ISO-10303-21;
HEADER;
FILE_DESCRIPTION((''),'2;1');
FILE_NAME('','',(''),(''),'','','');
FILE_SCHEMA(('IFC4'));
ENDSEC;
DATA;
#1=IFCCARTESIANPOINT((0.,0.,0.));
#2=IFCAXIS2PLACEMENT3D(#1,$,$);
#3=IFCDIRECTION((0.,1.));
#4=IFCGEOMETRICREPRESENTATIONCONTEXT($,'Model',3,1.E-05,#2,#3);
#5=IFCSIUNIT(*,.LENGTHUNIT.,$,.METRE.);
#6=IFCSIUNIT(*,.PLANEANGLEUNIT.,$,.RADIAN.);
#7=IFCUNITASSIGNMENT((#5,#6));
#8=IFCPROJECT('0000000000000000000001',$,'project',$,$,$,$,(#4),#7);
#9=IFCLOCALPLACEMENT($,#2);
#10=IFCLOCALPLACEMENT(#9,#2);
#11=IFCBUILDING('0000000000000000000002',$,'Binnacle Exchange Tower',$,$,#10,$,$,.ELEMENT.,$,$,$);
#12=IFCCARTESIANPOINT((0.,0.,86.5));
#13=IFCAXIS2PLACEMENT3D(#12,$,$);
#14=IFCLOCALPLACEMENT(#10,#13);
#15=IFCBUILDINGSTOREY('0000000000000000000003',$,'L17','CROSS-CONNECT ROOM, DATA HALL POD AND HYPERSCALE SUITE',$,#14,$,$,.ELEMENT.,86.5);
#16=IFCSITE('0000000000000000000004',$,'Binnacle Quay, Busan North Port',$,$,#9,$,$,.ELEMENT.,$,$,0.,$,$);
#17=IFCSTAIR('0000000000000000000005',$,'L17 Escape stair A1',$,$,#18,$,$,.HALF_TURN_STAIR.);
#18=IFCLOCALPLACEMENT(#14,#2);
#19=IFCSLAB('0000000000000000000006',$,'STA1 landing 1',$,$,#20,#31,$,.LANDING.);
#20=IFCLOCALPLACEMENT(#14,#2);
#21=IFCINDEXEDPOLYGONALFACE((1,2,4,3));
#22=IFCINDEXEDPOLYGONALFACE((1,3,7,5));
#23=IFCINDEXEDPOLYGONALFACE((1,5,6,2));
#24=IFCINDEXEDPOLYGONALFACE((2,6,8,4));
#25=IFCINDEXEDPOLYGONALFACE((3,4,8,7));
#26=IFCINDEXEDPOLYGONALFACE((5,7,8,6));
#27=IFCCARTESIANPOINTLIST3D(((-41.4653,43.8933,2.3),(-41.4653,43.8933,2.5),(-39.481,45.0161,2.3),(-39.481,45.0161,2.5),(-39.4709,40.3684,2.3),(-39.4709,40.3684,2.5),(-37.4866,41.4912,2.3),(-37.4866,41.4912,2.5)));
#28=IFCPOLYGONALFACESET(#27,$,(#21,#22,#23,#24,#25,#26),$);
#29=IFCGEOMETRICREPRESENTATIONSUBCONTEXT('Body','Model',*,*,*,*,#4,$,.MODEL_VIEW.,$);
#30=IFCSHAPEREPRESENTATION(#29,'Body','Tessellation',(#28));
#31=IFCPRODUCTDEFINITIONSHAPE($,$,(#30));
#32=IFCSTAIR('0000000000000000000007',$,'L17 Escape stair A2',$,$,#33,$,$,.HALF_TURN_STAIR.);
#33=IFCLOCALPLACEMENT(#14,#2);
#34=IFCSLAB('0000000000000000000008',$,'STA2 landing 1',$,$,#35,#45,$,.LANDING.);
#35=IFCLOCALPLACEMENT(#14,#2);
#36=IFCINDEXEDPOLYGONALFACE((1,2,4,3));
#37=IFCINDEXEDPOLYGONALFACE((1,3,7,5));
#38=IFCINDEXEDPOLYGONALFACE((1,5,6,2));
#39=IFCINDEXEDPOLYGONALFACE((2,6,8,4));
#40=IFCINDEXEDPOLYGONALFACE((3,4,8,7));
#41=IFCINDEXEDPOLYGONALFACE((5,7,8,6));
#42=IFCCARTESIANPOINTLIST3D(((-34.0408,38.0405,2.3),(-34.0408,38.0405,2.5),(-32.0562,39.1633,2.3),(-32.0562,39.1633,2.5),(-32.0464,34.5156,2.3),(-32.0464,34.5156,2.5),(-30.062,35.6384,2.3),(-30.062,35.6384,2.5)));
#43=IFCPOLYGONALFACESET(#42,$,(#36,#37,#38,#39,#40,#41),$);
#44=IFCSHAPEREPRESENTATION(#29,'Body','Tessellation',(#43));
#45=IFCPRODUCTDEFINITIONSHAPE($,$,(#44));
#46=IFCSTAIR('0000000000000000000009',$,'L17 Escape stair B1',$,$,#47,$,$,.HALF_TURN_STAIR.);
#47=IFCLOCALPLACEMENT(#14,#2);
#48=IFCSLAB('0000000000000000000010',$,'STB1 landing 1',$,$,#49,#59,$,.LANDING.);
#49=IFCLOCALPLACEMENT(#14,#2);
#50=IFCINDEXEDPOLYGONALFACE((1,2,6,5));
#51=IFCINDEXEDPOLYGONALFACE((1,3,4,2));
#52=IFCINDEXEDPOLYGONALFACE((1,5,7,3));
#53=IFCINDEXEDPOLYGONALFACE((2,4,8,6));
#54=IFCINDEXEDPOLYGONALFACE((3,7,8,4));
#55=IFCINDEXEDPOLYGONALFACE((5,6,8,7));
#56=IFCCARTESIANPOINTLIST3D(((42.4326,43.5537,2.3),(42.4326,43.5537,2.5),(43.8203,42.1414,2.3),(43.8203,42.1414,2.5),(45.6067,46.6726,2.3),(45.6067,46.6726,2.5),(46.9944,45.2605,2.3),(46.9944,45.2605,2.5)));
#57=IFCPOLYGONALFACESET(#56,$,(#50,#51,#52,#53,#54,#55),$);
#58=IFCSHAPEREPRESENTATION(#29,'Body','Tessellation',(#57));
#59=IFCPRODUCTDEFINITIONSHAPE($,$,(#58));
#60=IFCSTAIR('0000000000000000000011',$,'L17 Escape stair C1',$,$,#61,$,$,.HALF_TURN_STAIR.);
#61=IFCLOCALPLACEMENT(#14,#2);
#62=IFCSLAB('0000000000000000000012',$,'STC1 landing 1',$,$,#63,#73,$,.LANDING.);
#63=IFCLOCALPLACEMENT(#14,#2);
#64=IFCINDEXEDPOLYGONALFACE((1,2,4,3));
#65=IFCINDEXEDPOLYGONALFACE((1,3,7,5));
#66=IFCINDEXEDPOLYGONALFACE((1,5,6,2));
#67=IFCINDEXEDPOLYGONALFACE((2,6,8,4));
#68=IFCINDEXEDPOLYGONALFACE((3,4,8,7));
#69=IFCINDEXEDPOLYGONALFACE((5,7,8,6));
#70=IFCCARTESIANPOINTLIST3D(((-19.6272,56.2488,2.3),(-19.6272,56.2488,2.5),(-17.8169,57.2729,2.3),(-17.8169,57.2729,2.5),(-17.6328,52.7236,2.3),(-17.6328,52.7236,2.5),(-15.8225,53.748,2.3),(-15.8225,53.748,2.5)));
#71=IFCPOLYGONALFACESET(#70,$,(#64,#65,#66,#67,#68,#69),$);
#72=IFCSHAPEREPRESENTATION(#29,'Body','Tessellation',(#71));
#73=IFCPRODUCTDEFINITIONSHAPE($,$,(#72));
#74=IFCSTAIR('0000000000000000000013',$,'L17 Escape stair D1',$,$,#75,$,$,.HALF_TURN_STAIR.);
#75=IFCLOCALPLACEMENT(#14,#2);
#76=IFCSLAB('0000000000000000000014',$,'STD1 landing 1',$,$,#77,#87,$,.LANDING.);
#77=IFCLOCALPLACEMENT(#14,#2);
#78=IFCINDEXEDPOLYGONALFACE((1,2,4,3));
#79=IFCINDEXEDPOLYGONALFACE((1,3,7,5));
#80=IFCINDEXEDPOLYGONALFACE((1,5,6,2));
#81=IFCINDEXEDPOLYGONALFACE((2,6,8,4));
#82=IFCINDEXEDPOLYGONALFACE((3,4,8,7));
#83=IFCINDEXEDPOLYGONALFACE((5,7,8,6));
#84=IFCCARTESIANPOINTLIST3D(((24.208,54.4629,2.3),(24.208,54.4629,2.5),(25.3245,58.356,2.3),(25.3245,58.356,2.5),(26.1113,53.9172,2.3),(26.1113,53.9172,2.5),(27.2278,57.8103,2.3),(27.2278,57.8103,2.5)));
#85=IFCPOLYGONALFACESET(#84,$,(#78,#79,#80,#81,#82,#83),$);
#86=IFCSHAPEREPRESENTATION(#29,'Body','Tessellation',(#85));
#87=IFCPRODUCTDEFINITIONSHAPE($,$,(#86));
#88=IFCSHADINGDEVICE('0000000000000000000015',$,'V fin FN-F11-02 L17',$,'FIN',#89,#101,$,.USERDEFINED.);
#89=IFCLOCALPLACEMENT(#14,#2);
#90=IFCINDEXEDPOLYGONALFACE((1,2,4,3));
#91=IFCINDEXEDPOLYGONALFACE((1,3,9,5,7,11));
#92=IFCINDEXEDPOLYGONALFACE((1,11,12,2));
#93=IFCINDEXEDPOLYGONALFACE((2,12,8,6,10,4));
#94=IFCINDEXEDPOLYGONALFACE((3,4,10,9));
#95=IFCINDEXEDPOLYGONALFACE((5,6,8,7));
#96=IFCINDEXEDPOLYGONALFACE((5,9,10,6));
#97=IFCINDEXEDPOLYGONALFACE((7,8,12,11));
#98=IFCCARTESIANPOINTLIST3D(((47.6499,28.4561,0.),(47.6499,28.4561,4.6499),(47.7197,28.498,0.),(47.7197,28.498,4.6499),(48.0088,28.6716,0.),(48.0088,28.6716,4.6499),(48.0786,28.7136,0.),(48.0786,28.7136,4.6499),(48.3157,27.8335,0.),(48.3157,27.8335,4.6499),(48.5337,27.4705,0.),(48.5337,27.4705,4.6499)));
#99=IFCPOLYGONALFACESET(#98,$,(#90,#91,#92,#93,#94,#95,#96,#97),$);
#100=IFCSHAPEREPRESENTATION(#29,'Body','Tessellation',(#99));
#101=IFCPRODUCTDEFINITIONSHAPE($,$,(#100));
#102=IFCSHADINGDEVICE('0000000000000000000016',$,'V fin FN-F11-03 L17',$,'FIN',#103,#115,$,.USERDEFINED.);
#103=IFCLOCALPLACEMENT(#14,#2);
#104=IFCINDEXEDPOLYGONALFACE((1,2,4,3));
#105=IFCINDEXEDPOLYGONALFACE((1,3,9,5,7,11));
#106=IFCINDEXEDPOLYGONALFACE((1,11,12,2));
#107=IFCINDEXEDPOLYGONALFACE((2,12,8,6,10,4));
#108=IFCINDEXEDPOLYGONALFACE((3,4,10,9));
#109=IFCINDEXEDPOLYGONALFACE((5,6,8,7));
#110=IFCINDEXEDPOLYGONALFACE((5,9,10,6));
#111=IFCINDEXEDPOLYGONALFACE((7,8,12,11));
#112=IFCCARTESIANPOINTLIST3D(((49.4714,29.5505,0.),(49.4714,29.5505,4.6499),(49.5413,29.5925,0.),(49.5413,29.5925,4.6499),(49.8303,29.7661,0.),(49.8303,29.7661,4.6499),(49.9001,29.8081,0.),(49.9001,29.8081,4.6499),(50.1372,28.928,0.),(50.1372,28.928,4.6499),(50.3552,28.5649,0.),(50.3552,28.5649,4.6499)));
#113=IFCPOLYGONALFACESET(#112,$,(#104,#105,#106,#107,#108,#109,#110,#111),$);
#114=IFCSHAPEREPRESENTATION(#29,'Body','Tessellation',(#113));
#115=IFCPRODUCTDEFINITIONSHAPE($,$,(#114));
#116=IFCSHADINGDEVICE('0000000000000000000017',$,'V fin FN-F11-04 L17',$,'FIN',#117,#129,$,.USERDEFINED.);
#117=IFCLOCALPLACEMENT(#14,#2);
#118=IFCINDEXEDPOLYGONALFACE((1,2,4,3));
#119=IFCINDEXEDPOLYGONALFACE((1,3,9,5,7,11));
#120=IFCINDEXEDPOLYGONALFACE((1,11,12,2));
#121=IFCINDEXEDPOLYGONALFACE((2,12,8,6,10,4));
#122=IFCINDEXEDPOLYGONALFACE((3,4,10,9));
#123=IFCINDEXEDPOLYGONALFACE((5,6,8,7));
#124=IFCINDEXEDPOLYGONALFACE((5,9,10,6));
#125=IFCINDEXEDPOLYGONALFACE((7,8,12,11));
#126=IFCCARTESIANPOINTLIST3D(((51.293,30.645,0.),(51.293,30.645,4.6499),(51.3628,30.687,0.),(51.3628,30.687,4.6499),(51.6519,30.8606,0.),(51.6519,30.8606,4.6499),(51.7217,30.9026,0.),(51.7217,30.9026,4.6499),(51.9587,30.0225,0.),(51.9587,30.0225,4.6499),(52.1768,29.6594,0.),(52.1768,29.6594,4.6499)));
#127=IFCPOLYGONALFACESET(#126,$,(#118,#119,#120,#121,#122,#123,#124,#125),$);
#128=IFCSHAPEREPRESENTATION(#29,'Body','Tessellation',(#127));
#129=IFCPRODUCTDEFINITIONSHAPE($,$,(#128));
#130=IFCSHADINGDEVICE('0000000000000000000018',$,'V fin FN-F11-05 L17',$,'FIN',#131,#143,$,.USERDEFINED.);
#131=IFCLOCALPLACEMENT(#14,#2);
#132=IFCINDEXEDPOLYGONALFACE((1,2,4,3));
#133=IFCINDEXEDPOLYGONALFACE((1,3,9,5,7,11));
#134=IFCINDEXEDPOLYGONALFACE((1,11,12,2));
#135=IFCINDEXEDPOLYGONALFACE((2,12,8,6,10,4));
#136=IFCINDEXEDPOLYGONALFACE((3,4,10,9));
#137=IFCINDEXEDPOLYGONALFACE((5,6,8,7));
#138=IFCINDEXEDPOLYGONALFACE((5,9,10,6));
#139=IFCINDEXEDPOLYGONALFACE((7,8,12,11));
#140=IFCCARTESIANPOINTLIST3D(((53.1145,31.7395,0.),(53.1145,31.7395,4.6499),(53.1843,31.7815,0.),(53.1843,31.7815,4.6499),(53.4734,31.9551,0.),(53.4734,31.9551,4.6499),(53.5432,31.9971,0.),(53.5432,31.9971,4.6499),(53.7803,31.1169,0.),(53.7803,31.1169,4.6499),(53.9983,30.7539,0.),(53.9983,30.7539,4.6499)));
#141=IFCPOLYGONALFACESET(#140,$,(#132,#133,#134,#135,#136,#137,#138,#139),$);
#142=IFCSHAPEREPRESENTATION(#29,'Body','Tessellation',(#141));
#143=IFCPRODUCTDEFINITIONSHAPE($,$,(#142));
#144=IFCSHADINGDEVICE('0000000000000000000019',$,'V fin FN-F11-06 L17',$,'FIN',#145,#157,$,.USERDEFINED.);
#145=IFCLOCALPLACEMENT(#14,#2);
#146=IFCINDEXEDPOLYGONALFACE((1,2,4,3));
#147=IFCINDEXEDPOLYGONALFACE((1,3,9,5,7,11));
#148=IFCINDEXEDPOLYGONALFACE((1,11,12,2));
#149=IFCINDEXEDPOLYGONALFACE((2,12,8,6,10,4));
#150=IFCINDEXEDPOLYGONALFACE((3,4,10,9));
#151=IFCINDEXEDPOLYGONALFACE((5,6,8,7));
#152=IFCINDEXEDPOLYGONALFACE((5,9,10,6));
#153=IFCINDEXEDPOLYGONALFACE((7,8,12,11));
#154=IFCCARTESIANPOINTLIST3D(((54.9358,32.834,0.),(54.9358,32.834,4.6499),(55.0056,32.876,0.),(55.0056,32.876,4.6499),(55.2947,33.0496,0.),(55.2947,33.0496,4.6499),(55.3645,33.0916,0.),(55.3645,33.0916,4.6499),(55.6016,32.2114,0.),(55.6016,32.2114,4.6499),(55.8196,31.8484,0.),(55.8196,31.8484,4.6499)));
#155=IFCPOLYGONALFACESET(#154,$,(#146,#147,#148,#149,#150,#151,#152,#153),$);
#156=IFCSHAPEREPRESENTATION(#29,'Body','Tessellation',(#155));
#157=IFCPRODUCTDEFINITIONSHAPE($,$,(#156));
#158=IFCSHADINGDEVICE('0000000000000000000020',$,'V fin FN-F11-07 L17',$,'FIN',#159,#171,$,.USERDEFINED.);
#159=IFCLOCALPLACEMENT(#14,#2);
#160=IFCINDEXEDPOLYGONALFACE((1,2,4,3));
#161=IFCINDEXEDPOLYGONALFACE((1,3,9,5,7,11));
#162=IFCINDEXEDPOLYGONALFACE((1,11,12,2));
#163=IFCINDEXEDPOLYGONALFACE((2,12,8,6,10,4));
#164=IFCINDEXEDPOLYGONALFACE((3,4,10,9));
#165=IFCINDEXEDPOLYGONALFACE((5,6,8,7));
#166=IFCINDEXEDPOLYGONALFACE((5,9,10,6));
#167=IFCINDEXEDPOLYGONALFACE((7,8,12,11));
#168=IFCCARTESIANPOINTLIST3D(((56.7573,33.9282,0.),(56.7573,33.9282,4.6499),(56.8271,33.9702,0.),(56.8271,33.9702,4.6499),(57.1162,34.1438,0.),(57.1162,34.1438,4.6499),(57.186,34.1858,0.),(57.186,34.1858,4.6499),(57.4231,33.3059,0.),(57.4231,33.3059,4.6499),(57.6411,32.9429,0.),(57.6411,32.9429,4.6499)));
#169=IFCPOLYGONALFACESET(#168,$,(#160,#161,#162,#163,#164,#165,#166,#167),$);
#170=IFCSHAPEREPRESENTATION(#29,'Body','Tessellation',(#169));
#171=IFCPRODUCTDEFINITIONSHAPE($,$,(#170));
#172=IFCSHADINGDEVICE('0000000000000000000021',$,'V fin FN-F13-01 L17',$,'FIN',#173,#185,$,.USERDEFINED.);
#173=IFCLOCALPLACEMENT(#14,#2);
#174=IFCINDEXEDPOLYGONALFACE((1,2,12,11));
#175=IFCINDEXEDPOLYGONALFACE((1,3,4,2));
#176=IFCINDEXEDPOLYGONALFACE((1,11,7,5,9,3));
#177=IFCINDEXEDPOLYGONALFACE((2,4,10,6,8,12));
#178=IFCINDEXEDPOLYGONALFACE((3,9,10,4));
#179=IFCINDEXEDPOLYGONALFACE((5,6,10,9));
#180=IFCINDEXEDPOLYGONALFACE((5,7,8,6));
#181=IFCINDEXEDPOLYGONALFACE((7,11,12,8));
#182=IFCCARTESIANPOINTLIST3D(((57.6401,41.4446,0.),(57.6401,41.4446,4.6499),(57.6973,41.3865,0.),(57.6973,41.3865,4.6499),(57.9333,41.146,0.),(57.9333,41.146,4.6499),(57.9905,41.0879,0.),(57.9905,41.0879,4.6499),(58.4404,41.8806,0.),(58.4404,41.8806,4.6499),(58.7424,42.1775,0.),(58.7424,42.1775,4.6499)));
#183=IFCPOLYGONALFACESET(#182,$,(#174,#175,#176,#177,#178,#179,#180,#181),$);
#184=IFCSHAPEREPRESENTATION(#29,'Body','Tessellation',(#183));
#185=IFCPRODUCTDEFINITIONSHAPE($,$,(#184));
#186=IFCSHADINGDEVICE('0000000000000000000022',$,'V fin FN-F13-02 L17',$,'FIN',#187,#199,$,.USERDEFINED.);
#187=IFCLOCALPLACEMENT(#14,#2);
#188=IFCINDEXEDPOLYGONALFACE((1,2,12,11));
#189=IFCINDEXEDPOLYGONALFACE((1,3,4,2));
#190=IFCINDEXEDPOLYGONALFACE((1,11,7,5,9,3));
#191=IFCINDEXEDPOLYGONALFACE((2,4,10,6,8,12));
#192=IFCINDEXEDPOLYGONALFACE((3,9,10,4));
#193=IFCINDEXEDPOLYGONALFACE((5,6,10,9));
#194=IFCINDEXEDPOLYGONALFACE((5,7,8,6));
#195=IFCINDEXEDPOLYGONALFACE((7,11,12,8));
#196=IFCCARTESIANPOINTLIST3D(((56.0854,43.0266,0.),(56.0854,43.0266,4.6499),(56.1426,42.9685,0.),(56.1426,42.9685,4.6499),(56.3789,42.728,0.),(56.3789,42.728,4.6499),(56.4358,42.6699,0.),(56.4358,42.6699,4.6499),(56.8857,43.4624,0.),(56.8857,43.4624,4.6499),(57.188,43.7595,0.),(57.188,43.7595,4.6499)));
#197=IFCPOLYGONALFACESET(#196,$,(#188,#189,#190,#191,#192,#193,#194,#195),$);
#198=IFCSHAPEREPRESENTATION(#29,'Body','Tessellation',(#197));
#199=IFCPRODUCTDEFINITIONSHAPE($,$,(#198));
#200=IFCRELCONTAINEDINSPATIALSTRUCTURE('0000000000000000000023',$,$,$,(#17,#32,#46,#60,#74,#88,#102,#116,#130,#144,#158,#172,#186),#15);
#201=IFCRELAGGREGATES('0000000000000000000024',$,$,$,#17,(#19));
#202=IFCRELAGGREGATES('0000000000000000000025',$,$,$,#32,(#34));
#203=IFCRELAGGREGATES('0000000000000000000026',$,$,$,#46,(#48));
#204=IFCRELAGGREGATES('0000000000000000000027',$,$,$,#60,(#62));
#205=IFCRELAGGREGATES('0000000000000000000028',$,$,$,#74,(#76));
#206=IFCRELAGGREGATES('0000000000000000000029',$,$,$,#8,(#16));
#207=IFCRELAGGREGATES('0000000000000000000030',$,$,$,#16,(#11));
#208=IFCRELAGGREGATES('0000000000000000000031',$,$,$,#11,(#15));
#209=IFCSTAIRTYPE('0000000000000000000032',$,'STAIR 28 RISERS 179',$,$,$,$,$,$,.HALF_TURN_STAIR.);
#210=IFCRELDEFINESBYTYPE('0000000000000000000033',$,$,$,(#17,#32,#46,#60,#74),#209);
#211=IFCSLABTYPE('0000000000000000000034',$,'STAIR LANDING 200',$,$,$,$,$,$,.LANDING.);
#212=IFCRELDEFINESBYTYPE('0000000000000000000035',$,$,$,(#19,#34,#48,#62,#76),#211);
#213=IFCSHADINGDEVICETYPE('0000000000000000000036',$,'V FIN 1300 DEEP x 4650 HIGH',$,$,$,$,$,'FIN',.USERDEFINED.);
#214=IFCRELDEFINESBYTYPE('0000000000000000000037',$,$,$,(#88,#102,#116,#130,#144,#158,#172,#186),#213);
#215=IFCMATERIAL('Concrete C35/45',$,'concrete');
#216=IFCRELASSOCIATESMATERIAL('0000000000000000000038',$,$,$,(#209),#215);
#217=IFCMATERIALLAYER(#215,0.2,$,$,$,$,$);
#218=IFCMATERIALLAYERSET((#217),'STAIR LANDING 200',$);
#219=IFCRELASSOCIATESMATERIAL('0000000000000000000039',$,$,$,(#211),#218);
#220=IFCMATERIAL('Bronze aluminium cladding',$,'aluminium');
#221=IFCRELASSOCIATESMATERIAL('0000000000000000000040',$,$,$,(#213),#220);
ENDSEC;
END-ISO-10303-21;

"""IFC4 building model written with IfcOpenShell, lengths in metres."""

from ifc_helpers import new_model, si_unit, direction, frame, origin, place, context, subcontext, project, spatial, polyline, outline, extrude, material, layer, layer_set, type_object, element, aggregate, save


model = new_model("IFC4")

# Units and contexts
model_context = context("Model", 3, precision=1e-05, world=origin(), true_north=direction((0.0, 1.0)))
body_context = subcontext(model_context, "Body", "Model", "MODEL_VIEW")
ifc_project = project(units=[si_unit("LENGTHUNIT", "METRE"), si_unit("PLANEANGLEUNIT", "RADIAN")], contexts=[model_context])

# Site, building, storey
site_placement = place(None, origin())
site = spatial("IfcSite", under=ifc_project, at=site_placement, Name="Binnacle Quay, Busan North Port", CompositionType="ELEMENT", RefElevation=0.0)
building_placement = place(site_placement, origin())
building = spatial("IfcBuilding", under=site, at=building_placement, Name="Binnacle Exchange Tower", CompositionType="ELEMENT")
storey_placement = place(building_placement, frame((0.0, 0.0, 86.5)))
storey = spatial("IfcBuildingStorey", under=building, at=storey_placement, Name="L17", Description="CROSS-CONNECT ROOM, DATA HALL POD AND HYPERSCALE SUITE", CompositionType="ELEMENT", Elevation=86.5)

# Stairs, slabs
ifc_material_1 = material(Name="Concrete C35/45", Category="concrete")
stair_type = type_object("IfcStairType", Name="STAIR 28 RISERS 179", PredefinedType="HALF_TURN_STAIR", material=ifc_material_1)
stair_1_placement = place(storey_placement, origin())
stair_1 = element("IfcStair", 1, at=stair_1_placement, inside=storey, type_object=stair_type, Name="L17 Escape stair A1", PredefinedType="HALF_TURN_STAIR")
ifc_layer = layer(ifc_material_1, 0.2)
ifc_layer_set = layer_set([ifc_layer], Name="STAIR LANDING 200")
slab_type = type_object("IfcSlabType", Name="STAIR LANDING 200", PredefinedType="LANDING", material=ifc_layer_set)
slab_1_placement = place(storey_placement, frame((0.0, 0.0, 2.3)))
slab_1 = element("IfcSlab", 2, at=slab_1_placement, type_object=slab_type, Name="STA1 landing 1", PredefinedType="LANDING", context=body_context, shape_type="SweptSolid", body=[
    extrude(outline(polyline([(-39.4709, 40.3684), (-37.4866, 41.4912), (-39.481, 45.0161), (-41.4653, 43.8933), (-39.4709, 40.3684)])), origin(), (0.0, 0.0, 1.0), 0.2),
])
aggregate(stair_1, [slab_1])
stair_2_placement = place(storey_placement, origin())
stair_2 = element("IfcStair", 3, at=stair_2_placement, inside=storey, type_object=stair_type, Name="L17 Escape stair A2", PredefinedType="HALF_TURN_STAIR")
slab_2_placement = place(storey_placement, frame((0.0, 0.0, 2.3)))
slab_2 = element("IfcSlab", 4, at=slab_2_placement, type_object=slab_type, Name="STA2 landing 1", PredefinedType="LANDING", context=body_context, shape_type="SweptSolid", body=[
    extrude(outline(polyline([(-32.0562, 39.1633), (-34.0408, 38.0405), (-32.0464, 34.5156), (-30.062, 35.6384), (-32.0562, 39.1633)])), origin(), (0.0, 0.0, 1.0), 0.2),
])
aggregate(stair_2, [slab_2])
stair_3_placement = place(storey_placement, origin())
stair_3 = element("IfcStair", 5, at=stair_3_placement, inside=storey, type_object=stair_type, Name="L17 Escape stair B1", PredefinedType="HALF_TURN_STAIR")
slab_3_placement = place(storey_placement, frame((0.0, 0.0, 2.3)))
slab_3 = element("IfcSlab", 6, at=slab_3_placement, type_object=slab_type, Name="STB1 landing 1", PredefinedType="LANDING", context=body_context, shape_type="SweptSolid", body=[
    extrude(outline(polyline([(42.4326, 43.5537), (43.8203, 42.1414), (46.9944, 45.2605), (45.6067, 46.6726), (42.4326, 43.5537)])), origin(), (0.0, 0.0, 1.0), 0.2),
])
aggregate(stair_3, [slab_3])
stair_4_placement = place(storey_placement, origin())
stair_4 = element("IfcStair", 7, at=stair_4_placement, inside=storey, type_object=stair_type, Name="L17 Escape stair C1", PredefinedType="HALF_TURN_STAIR")
slab_4_placement = place(storey_placement, frame((0.0, 0.0, 2.3)))
slab_4 = element("IfcSlab", 8, at=slab_4_placement, type_object=slab_type, Name="STC1 landing 1", PredefinedType="LANDING", context=body_context, shape_type="SweptSolid", body=[
    extrude(outline(polyline([(-17.6328, 52.7236), (-15.8225, 53.748), (-17.8169, 57.2729), (-19.6272, 56.2488), (-17.6328, 52.7236)])), origin(), (0.0, 0.0, 1.0), 0.2),
])
aggregate(stair_4, [slab_4])
stair_5_placement = place(storey_placement, origin())
stair_5 = element("IfcStair", 9, at=stair_5_placement, inside=storey, type_object=stair_type, Name="L17 Escape stair D1", PredefinedType="HALF_TURN_STAIR")
slab_5_placement = place(storey_placement, frame((0.0, 0.0, 2.3)))
slab_5 = element("IfcSlab", 10, at=slab_5_placement, type_object=slab_type, Name="STD1 landing 1", PredefinedType="LANDING", context=body_context, shape_type="SweptSolid", body=[
    extrude(outline(polyline([(24.208, 54.4629), (26.1113, 53.9172), (27.2278, 57.8103), (25.3245, 58.356), (24.208, 54.4629)])), origin(), (0.0, 0.0, 1.0), 0.2),
])
aggregate(stair_5, [slab_5])

# Shading devices
ifc_material_2 = material(Name="Bronze aluminium cladding", Category="aluminium")
shading_device_type = type_object("IfcShadingDeviceType", Name="V FIN 1300 DEEP x 4650 HIGH", ElementType="FIN", PredefinedType="USERDEFINED", material=ifc_material_2)
shading_device_1_placement = place(storey_placement, origin())
element("IfcShadingDevice", 11, at=shading_device_1_placement, inside=storey, type_object=shading_device_type, Name="V fin FN-F11-02 L17", ObjectType="FIN", PredefinedType="USERDEFINED", context=body_context, shape_type="SweptSolid", body=[
    extrude(outline(polyline([(47.6499, 28.4561), (48.5337, 27.4705), (48.0786, 28.7136), (48.0088, 28.6716), (48.3157, 27.8335), (47.7197, 28.498), (47.6499, 28.4561)])), origin(), (0.0, 0.0, 1.0), 4.6499),
])
shading_device_2_placement = place(storey_placement, origin())
element("IfcShadingDevice", 12, at=shading_device_2_placement, inside=storey, type_object=shading_device_type, Name="V fin FN-F11-03 L17", ObjectType="FIN", PredefinedType="USERDEFINED", context=body_context, shape_type="SweptSolid", body=[
    extrude(outline(polyline([(49.4714, 29.5505), (50.3552, 28.5649), (49.9001, 29.8081), (49.8303, 29.7661), (50.1372, 28.928), (49.5413, 29.5925), (49.4714, 29.5505)])), origin(), (0.0, 0.0, 1.0), 4.6499),
])
shading_device_3_placement = place(storey_placement, origin())
element("IfcShadingDevice", 13, at=shading_device_3_placement, inside=storey, type_object=shading_device_type, Name="V fin FN-F11-04 L17", ObjectType="FIN", PredefinedType="USERDEFINED", context=body_context, shape_type="SweptSolid", body=[
    extrude(outline(polyline([(51.293, 30.645), (52.1768, 29.6594), (51.7217, 30.9026), (51.6519, 30.8606), (51.9587, 30.0225), (51.3628, 30.687), (51.293, 30.645)])), origin(), (0.0, 0.0, 1.0), 4.6499),
])
shading_device_4_placement = place(storey_placement, origin())
element("IfcShadingDevice", 14, at=shading_device_4_placement, inside=storey, type_object=shading_device_type, Name="V fin FN-F11-05 L17", ObjectType="FIN", PredefinedType="USERDEFINED", context=body_context, shape_type="SweptSolid", body=[
    extrude(outline(polyline([(53.1145, 31.7395), (53.9983, 30.7539), (53.5432, 31.9971), (53.4734, 31.9551), (53.7803, 31.1169), (53.1843, 31.7815), (53.1145, 31.7395)])), origin(), (0.0, 0.0, 1.0), 4.6499),
])
shading_device_5_placement = place(storey_placement, origin())
element("IfcShadingDevice", 15, at=shading_device_5_placement, inside=storey, type_object=shading_device_type, Name="V fin FN-F11-06 L17", ObjectType="FIN", PredefinedType="USERDEFINED", context=body_context, shape_type="SweptSolid", body=[
    extrude(outline(polyline([(54.9358, 32.834), (55.8196, 31.8484), (55.3645, 33.0916), (55.2947, 33.0496), (55.6016, 32.2114), (55.0056, 32.876), (54.9358, 32.834)])), origin(), (0.0, 0.0, 1.0), 4.6499),
])
shading_device_6_placement = place(storey_placement, origin())
element("IfcShadingDevice", 16, at=shading_device_6_placement, inside=storey, type_object=shading_device_type, Name="V fin FN-F11-07 L17", ObjectType="FIN", PredefinedType="USERDEFINED", context=body_context, shape_type="SweptSolid", body=[
    extrude(outline(polyline([(56.7573, 33.9282), (57.6411, 32.9429), (57.186, 34.1858), (57.1162, 34.1438), (57.4231, 33.3059), (56.8271, 33.9702), (56.7573, 33.9282)])), origin(), (0.0, 0.0, 1.0), 4.6499),
])
shading_device_7_placement = place(storey_placement, origin())
element("IfcShadingDevice", 17, at=shading_device_7_placement, inside=storey, type_object=shading_device_type, Name="V fin FN-F13-01 L17", ObjectType="FIN", PredefinedType="USERDEFINED", context=body_context, shape_type="SweptSolid", body=[
    extrude(outline(polyline([(57.9905, 41.0879), (58.7424, 42.1775), (57.6401, 41.4446), (57.6973, 41.3865), (58.4404, 41.8806), (57.9333, 41.146), (57.9905, 41.0879)])), origin(), (0.0, 0.0, 1.0), 4.6499),
])
shading_device_8_placement = place(storey_placement, origin())
element("IfcShadingDevice", 18, at=shading_device_8_placement, inside=storey, type_object=shading_device_type, Name="V fin FN-F13-02 L17", ObjectType="FIN", PredefinedType="USERDEFINED", context=body_context, shape_type="SweptSolid", body=[
    extrude(outline(polyline([(56.4358, 42.6699), (57.188, 43.7595), (56.0854, 43.0266), (56.1426, 42.9685), (56.8857, 43.4624), (56.3789, 42.728), (56.4358, 42.6699)])), origin(), (0.0, 0.0, 1.0), 4.6499),
])

save(model, "model.ifc")
